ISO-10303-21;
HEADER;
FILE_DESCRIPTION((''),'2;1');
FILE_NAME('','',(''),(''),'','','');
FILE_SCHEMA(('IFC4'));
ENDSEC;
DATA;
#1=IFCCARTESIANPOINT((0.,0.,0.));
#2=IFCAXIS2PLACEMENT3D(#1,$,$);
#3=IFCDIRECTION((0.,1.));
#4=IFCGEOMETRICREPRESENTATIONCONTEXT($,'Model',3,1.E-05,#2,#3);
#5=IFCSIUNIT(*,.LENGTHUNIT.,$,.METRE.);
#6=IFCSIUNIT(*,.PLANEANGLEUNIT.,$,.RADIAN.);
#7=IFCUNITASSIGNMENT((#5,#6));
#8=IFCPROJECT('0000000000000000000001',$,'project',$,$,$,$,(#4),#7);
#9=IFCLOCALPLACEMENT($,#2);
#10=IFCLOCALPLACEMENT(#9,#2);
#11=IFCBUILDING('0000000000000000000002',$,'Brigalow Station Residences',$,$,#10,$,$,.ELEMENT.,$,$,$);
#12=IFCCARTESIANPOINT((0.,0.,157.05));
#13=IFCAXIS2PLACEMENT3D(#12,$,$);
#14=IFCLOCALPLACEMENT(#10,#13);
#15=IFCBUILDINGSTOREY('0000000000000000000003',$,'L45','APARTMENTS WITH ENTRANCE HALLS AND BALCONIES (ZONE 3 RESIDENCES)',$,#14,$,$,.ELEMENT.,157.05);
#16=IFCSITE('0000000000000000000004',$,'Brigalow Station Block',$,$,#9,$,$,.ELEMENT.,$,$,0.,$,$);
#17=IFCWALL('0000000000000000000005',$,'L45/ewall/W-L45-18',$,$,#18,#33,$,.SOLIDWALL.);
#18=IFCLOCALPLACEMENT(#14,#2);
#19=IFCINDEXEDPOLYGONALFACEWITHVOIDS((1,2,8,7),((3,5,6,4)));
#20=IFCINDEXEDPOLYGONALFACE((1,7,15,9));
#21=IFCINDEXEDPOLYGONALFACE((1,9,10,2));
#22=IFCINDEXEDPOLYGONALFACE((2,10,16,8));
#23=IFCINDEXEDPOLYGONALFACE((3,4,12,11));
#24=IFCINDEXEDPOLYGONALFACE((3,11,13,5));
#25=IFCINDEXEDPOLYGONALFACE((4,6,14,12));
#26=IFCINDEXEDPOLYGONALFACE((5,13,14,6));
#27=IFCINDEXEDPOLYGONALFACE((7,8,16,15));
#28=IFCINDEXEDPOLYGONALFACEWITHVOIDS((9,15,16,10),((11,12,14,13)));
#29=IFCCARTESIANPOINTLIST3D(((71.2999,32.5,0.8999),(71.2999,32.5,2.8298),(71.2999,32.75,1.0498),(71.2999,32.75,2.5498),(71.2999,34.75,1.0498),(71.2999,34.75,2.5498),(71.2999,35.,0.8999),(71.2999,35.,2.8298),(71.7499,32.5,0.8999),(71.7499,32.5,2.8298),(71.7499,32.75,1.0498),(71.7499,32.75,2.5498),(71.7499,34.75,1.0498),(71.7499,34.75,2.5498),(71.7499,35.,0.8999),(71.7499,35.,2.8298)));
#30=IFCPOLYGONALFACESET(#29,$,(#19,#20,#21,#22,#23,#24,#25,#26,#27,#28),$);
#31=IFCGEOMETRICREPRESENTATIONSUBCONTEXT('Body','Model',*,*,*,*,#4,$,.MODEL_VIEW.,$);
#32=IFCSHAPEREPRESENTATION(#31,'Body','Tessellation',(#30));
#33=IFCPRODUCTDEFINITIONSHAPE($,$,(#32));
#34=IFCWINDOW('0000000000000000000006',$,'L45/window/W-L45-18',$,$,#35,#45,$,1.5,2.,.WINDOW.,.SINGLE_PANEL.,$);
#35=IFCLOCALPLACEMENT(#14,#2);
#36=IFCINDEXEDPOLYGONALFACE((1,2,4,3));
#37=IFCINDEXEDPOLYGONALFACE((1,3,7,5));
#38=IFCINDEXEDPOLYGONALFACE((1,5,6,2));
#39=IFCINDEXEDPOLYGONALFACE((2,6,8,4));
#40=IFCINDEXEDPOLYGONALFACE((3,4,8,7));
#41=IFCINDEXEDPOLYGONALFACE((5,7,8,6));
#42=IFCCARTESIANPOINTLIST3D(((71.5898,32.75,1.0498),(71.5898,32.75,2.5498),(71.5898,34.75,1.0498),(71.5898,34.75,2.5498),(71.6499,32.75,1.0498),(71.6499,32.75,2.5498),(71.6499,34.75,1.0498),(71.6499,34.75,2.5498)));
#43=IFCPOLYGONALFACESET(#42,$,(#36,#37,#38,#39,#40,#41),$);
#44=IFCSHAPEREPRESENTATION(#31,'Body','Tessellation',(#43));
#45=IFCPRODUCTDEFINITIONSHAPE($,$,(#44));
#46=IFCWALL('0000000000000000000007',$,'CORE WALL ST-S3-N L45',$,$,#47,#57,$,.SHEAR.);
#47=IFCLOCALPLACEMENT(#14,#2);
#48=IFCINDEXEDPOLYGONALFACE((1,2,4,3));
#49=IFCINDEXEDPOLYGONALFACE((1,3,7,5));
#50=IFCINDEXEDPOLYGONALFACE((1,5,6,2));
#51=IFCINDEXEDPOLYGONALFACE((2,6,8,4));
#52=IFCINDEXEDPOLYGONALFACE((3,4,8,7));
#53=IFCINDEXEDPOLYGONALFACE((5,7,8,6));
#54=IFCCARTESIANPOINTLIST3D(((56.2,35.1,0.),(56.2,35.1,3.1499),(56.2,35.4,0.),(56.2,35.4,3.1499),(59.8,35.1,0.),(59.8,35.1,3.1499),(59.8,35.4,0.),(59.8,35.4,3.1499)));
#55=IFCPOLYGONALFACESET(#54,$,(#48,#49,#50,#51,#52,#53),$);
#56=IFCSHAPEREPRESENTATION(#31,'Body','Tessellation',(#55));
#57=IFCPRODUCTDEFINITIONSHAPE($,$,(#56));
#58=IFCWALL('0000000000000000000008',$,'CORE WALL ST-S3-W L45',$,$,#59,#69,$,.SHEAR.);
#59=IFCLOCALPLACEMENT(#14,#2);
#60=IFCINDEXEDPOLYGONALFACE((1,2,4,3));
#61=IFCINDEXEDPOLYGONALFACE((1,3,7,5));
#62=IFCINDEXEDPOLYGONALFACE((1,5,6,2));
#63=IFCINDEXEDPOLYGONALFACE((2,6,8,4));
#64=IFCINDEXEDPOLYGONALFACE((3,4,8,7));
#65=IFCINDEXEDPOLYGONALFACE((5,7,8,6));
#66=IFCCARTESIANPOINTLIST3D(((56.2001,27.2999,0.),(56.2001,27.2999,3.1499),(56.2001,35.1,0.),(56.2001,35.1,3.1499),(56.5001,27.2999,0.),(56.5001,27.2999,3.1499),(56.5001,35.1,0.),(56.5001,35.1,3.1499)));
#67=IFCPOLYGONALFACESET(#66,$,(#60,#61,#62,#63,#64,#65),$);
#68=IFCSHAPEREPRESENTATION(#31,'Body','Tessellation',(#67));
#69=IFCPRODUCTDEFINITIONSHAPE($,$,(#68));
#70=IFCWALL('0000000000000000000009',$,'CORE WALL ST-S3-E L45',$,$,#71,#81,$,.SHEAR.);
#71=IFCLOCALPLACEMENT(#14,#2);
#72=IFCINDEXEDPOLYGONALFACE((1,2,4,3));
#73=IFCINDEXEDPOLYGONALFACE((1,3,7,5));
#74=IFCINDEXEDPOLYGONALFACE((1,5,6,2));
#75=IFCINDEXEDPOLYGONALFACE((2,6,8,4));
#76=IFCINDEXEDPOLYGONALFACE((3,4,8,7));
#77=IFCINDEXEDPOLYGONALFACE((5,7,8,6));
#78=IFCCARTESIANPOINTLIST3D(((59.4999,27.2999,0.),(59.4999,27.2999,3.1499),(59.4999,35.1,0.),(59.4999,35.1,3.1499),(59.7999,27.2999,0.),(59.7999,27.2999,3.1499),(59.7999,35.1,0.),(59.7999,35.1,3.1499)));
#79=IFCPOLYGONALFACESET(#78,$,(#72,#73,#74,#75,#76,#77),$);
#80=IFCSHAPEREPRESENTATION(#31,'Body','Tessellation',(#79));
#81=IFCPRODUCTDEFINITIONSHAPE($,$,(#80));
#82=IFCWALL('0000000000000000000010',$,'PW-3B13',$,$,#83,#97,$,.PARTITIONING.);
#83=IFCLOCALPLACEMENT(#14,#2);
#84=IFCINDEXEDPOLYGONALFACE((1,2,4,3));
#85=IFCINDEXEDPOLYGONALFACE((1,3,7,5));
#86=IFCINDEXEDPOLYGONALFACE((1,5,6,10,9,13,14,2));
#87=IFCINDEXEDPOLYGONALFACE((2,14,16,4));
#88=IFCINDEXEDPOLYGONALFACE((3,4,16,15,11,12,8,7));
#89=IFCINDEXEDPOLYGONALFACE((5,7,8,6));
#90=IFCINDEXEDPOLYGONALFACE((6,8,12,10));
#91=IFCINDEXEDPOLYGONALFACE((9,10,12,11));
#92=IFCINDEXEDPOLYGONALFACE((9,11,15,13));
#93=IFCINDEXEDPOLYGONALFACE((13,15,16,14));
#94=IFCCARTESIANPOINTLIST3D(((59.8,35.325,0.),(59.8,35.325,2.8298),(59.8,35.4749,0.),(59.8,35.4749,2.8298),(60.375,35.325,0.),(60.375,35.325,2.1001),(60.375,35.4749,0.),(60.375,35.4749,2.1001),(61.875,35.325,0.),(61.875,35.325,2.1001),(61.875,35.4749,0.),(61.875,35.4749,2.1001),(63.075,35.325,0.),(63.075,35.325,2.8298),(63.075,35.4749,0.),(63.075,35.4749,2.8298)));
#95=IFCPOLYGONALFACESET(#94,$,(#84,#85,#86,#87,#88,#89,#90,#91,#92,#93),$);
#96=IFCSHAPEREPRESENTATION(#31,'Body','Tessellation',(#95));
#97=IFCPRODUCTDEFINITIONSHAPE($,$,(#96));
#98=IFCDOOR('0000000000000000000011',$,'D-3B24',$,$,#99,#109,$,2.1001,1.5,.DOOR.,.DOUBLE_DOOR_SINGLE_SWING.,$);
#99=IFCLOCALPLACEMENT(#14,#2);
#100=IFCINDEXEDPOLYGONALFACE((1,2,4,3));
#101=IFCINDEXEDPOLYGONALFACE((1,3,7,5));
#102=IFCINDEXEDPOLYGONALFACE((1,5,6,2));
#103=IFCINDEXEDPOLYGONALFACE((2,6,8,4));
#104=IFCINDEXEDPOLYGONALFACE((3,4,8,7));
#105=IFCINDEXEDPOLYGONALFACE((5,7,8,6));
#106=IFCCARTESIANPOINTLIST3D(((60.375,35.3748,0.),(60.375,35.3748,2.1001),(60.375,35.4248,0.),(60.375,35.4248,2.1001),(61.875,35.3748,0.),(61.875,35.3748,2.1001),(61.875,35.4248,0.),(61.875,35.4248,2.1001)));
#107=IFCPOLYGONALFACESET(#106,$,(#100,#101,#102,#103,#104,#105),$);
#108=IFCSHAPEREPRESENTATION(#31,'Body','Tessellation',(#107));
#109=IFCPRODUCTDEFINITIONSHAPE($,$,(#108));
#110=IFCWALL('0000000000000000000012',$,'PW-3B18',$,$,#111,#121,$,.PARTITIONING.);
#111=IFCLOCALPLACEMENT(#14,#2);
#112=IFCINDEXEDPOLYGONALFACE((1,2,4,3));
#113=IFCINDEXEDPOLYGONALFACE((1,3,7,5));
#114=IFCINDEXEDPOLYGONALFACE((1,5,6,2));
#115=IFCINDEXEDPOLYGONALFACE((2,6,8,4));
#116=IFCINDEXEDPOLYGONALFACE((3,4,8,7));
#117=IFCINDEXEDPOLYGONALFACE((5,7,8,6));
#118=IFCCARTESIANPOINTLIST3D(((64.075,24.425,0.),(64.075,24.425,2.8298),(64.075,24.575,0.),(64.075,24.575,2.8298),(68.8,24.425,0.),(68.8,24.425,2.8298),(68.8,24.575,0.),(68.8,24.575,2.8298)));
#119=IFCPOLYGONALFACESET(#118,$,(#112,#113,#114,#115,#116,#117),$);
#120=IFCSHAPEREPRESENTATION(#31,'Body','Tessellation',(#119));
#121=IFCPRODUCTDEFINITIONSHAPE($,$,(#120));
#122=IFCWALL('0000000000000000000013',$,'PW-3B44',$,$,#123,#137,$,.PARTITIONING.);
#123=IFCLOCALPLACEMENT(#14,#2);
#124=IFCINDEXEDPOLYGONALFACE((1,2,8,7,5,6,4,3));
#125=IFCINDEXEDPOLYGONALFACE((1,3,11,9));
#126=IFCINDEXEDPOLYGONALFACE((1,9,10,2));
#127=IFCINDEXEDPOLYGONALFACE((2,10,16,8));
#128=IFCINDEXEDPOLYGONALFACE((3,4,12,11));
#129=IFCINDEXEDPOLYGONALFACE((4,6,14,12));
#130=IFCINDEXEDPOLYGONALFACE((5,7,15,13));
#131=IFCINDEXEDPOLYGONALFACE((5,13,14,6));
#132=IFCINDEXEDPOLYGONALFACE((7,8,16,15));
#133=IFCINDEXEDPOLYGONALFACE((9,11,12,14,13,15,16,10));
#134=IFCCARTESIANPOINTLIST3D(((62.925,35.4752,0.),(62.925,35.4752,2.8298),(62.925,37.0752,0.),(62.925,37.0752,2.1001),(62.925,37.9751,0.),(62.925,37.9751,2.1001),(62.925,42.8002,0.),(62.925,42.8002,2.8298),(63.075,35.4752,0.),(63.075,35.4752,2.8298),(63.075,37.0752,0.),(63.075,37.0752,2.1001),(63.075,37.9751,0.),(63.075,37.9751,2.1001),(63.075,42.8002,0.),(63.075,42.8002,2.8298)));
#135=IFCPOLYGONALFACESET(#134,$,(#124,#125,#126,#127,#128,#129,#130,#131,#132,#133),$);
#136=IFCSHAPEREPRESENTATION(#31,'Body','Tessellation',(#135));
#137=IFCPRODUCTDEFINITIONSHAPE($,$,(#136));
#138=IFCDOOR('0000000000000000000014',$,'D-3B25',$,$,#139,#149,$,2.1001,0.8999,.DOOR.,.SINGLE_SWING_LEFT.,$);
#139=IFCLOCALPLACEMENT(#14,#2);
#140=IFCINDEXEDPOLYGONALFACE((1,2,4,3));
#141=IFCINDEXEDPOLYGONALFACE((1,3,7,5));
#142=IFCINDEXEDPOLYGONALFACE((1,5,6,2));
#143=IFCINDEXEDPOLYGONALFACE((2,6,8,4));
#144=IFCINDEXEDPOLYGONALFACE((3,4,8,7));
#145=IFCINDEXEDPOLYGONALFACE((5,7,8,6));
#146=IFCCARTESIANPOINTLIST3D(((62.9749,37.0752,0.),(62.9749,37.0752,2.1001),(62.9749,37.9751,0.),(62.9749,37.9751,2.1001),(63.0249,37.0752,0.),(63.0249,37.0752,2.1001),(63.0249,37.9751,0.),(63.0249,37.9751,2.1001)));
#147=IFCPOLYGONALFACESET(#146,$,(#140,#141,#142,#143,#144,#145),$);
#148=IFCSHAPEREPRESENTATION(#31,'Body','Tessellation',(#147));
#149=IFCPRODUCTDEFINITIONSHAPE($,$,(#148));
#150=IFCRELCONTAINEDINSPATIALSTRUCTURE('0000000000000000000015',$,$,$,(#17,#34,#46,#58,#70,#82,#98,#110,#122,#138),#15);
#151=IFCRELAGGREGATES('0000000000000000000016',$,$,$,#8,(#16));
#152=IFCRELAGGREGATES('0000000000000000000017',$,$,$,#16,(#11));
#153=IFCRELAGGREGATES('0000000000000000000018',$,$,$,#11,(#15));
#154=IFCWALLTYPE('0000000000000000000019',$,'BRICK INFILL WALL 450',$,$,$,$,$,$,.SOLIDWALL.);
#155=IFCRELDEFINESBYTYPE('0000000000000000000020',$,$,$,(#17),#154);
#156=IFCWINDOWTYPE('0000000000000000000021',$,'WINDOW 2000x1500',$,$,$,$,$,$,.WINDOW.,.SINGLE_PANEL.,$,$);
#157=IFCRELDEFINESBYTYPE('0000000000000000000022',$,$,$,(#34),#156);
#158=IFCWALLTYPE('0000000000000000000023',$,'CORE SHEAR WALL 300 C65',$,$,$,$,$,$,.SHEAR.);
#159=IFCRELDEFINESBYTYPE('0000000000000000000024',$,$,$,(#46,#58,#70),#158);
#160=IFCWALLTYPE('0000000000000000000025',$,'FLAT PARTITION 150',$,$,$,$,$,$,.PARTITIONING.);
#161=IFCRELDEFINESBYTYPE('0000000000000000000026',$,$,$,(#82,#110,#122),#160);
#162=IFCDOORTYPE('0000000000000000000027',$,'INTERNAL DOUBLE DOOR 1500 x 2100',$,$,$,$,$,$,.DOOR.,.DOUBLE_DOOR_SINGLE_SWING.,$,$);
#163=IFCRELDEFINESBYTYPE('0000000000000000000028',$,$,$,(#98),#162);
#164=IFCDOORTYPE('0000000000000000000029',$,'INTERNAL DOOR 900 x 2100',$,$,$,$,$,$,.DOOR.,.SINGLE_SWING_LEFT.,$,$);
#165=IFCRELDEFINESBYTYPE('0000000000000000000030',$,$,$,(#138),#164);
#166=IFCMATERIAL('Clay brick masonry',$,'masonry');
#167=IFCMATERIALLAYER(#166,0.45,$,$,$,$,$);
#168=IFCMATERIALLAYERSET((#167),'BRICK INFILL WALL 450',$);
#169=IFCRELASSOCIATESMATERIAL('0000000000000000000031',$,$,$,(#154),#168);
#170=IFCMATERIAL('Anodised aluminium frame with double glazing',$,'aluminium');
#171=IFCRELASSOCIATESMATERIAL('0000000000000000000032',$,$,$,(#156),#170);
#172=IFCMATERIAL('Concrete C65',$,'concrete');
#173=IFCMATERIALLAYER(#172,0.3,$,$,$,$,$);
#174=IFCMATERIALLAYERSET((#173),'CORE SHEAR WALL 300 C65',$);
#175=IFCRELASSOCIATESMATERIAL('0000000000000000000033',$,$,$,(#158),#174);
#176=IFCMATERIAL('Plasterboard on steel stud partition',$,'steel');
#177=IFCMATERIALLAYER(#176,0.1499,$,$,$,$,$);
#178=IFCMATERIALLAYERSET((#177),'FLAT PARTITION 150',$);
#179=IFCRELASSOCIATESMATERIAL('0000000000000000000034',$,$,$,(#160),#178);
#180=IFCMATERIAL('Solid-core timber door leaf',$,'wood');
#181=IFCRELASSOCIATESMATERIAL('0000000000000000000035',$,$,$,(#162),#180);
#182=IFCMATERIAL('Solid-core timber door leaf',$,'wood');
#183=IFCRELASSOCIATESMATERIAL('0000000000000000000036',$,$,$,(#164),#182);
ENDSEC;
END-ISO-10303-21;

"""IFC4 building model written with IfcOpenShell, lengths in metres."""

from ifc_helpers import new_model, si_unit, direction, frame, frame_2d, origin, place, context, subcontext, project, spatial, rectangle, extrude, material, layer, layer_set, type_object, element, fill, save


model = new_model("IFC4")

# Units and contexts
model_context = context("Model", 3, precision=1e-05, world=origin(), true_north=direction((0.0, 1.0)))
body_context = subcontext(model_context, "Body", "Model", "MODEL_VIEW")
ifc_project = project(units=[si_unit("LENGTHUNIT", "METRE"), si_unit("PLANEANGLEUNIT", "RADIAN")], contexts=[model_context])

# Site, building, storey
site_placement = place(None, origin())
site = spatial("IfcSite", under=ifc_project, at=site_placement, Name="Brigalow Station Block", CompositionType="ELEMENT", RefElevation=0.0)
building_placement = place(site_placement, origin())
building = spatial("IfcBuilding", under=site, at=building_placement, Name="Brigalow Station Residences", CompositionType="ELEMENT")
storey_placement = place(building_placement, frame((0.0, 0.0, 157.05)))
storey = spatial("IfcBuildingStorey", under=building, at=storey_placement, Name="L45", Description="APARTMENTS WITH ENTRANCE HALLS AND BALCONIES (ZONE 3 RESIDENCES)", CompositionType="ELEMENT", Elevation=157.05)

# Shared definitions
ifc_material_1 = material(Name="Clay brick masonry", Category="masonry")
ifc_layer_1 = layer(ifc_material_1, 0.45)
ifc_layer_set_1 = layer_set([ifc_layer_1], Name="BRICK INFILL WALL 450")
wall_type_1 = type_object("IfcWallType", Name="BRICK INFILL WALL 450", PredefinedType="SOLIDWALL", material=ifc_layer_set_1)

# Wall, opening, window
wall_1_placement = place(storey_placement, frame((71.5249, 32.5, 0.8999), z_axis=(0.0, 0.0, 1.0), x_axis=(0.0, 1.0, 0.0)))
wall_1 = element("IfcWall", 1, at=wall_1_placement, inside=storey, type_object=wall_type_1, Name="L45/ewall/W-L45-18", PredefinedType="SOLIDWALL", context=body_context, shape_type="SweptSolid", body=[
    extrude(rectangle(XDim=2.5, YDim=0.45, at=frame_2d((1.25, 0.0))), origin(), (0.0, 0.0, 1.0), 1.9299),
])
opening_1_placement = place(wall_1_placement, frame((0.25, 0.0, 0.1499)))
opening_1 = element("IfcOpeningElement", 2, at=opening_1_placement, cuts=wall_1, PredefinedType="OPENING", context=body_context, shape_type="SweptSolid", body=[
    extrude(rectangle(XDim=2.0, YDim=1.5, at=frame_2d((1.0, 0.75))), frame((0.0, 0.2349, 0.0), z_axis=(0.0, -1.0, 0.0), x_axis=(1.0, 0.0, 0.0)), (0.0, 0.0, 1.0), 0.47),
])
ifc_material_2 = material(Name="Anodised aluminium frame with double glazing", Category="aluminium")
window_type_1 = type_object("IfcWindowType", Name="WINDOW 2000x1500", PartitioningType="SINGLE_PANEL", PredefinedType="WINDOW", material=ifc_material_2)
window_1_placement = place(opening_1_placement, origin())
window_1 = element("IfcWindow", 3, at=window_1_placement, inside=storey, type_object=window_type_1, Name="L45/window/W-L45-18", OverallHeight=1.5, OverallWidth=2.0, PartitioningType="SINGLE_PANEL", PredefinedType="WINDOW", context=body_context, shape_type="SweptSolid", body=[
    extrude(rectangle(XDim=2.0, YDim=1.5, at=frame_2d((1.0, 0.75))), frame((0.0, -0.0649, 0.0), z_axis=(0.0, -1.0, 0.0), x_axis=(1.0, 0.0, 0.0)), (0.0, 0.0, 1.0), 0.0601),
])
fill(opening_1, window_1)

# Walls
ifc_material_3 = material(Name="Concrete C65", Category="concrete")
ifc_layer_2 = layer(ifc_material_3, 0.3)
ifc_layer_set_2 = layer_set([ifc_layer_2], Name="CORE SHEAR WALL 300 C65")
wall_type_2 = type_object("IfcWallType", Name="CORE SHEAR WALL 300 C65", PredefinedType="SHEAR", material=ifc_layer_set_2)
wall_2_placement = place(storey_placement, frame((56.2, 35.25, 0.0), z_axis=(0.0, 0.0, 1.0), x_axis=(1.0, 0.0, 0.0)))
element("IfcWall", 4, at=wall_2_placement, inside=storey, type_object=wall_type_2, Name="CORE WALL ST-S3-N L45", PredefinedType="SHEAR", context=body_context, shape_type="SweptSolid", body=[
    extrude(rectangle(XDim=3.6001, YDim=0.3, at=frame_2d((1.8, 0.0))), origin(), (0.0, 0.0, 1.0), 3.1499),
])
for number, where, z_axis, x_axis, name in (
    (5, (56.3501, 27.3, 0.0), (0.0, 0.0, 1.0), (0.0, 1.0, 0.0), "CORE WALL ST-S3-W L45"),
    (6, (59.6499, 27.3, 0.0), (0.0, 0.0, 1.0), (0.0, 1.0, 0.0), "CORE WALL ST-S3-E L45"),
):
    element("IfcWall", number, at=place(storey_placement, frame(where, z_axis=z_axis, x_axis=x_axis)), inside=storey, type_object=wall_type_2, Name=name, PredefinedType="SHEAR", context=body_context, shape_type="SweptSolid", body=[
        extrude(rectangle(XDim=7.8, YDim=0.3, at=frame_2d((3.8999, 0.0))), origin(), (0.0, 0.0, 1.0), 3.1499),
    ])

# Wall, opening, door
ifc_material_4 = material(Name="Plasterboard on steel stud partition", Category="steel")
ifc_layer_3 = layer(ifc_material_4, 0.1499)
ifc_layer_set_3 = layer_set([ifc_layer_3], Name="FLAT PARTITION 150")
wall_type_3 = type_object("IfcWallType", Name="FLAT PARTITION 150", PredefinedType="PARTITIONING", material=ifc_layer_set_3)
wall_3_placement = place(storey_placement, frame((59.8, 35.3999, 0.0), z_axis=(0.0, 0.0, 1.0), x_axis=(1.0, 0.0, 0.0)))
wall_3 = element("IfcWall", 7, at=wall_3_placement, inside=storey, type_object=wall_type_3, Name="PW-3B13", PredefinedType="PARTITIONING", context=body_context, shape_type="SweptSolid", body=[
    extrude(rectangle(XDim=3.2749, YDim=0.1499, at=frame_2d((1.6375, 0.0))), origin(), (0.0, 0.0, 1.0), 2.8298),
])
opening_2_placement = place(wall_3_placement, frame((0.575, 0.0, 0.0)))
opening_2 = element("IfcOpeningElement", 8, at=opening_2_placement, cuts=wall_3, PredefinedType="OPENING", context=body_context, shape_type="SweptSolid", body=[
    extrude(rectangle(XDim=1.5, YDim=2.1001, at=frame_2d((0.75, 1.05))), frame((0.0, 0.085, 0.0), z_axis=(0.0, -1.0, 0.0), x_axis=(1.0, 0.0, 0.0)), (0.0, 0.0, 1.0), 0.1699),
])
ifc_material_5 = material(Name="Solid-core timber door leaf", Category="wood")
door_type_1 = type_object("IfcDoorType", Name="INTERNAL DOUBLE DOOR 1500 x 2100", OperationType="DOUBLE_DOOR_SINGLE_SWING", PredefinedType="DOOR", material=ifc_material_5)
door_1_placement = place(opening_2_placement, origin())
door_1 = element("IfcDoor", 9, at=door_1_placement, inside=storey, type_object=door_type_1, Name="D-3B24", OperationType="DOUBLE_DOOR_SINGLE_SWING", OverallHeight=2.1001, OverallWidth=1.5, PredefinedType="DOOR", context=body_context, shape_type="SweptSolid", body=[
    extrude(rectangle(XDim=1.5, YDim=2.1001, at=frame_2d((0.75, 1.05))), frame((0.0, 0.0249, 0.0), z_axis=(0.0, -1.0, 0.0), x_axis=(1.0, 0.0, 0.0)), (0.0, 0.0, 1.0), 0.05),
])
fill(opening_2, door_1)

# Wall
wall_4_placement = place(storey_placement, frame((64.075, 24.5, 0.0), z_axis=(0.0, 0.0, 1.0), x_axis=(1.0, 0.0, 0.0)))
element("IfcWall", 10, at=wall_4_placement, inside=storey, type_object=wall_type_3, Name="PW-3B18", PredefinedType="PARTITIONING", context=body_context, shape_type="SweptSolid", body=[
    extrude(rectangle(XDim=4.7251, YDim=0.1499, at=frame_2d((2.3625, 0.0))), origin(), (0.0, 0.0, 1.0), 2.8298),
])

# Wall, opening, door
wall_5_placement = place(storey_placement, frame((63.0, 35.4751, 0.0), z_axis=(0.0, 0.0, 1.0), x_axis=(0.0, 1.0, 0.0)))
wall_5 = element("IfcWall", 11, at=wall_5_placement, inside=storey, type_object=wall_type_3, Name="PW-3B44", PredefinedType="PARTITIONING", context=body_context, shape_type="SweptSolid", body=[
    extrude(rectangle(XDim=7.325, YDim=0.1499, at=frame_2d((3.6626, 0.0))), origin(), (0.0, 0.0, 1.0), 2.8298),
])
opening_3_placement = place(wall_5_placement, frame((1.6001, 0.0, 0.0)))
opening_3 = element("IfcOpeningElement", 12, at=opening_3_placement, cuts=wall_5, PredefinedType="OPENING", context=body_context, shape_type="SweptSolid", body=[
    extrude(rectangle(XDim=0.8999, YDim=2.1001, at=frame_2d((0.45, 1.05))), frame((0.0, 0.085, 0.0), z_axis=(0.0, -1.0, 0.0), x_axis=(1.0, 0.0, 0.0)), (0.0, 0.0, 1.0), 0.1699),
])
ifc_material_6 = material(Name="Solid-core timber door leaf", Category="wood")
door_type_2 = type_object("IfcDoorType", Name="INTERNAL DOOR 900 x 2100", OperationType="SINGLE_SWING_LEFT", PredefinedType="DOOR", material=ifc_material_6)
door_2_placement = place(opening_3_placement, frame((0.8999, 0.0, 0.0), z_axis=(0.0, 0.0, 1.0), x_axis=(-1.0, 0.0, 0.0)))
door_2 = element("IfcDoor", 13, at=door_2_placement, inside=storey, type_object=door_type_2, Name="D-3B25", OperationType="SINGLE_SWING_LEFT", OverallHeight=2.1001, OverallWidth=0.8999, PredefinedType="DOOR", context=body_context, shape_type="SweptSolid", body=[
    extrude(rectangle(XDim=0.8999, YDim=2.1001, at=frame_2d((0.45, 1.05))), frame((0.0, 0.0249, 0.0), z_axis=(0.0, -1.0, 0.0), x_axis=(1.0, 0.0, 0.0)), (0.0, 0.0, 1.0), 0.05),
])
fill(opening_3, door_2)

save(model, "model.ifc")
